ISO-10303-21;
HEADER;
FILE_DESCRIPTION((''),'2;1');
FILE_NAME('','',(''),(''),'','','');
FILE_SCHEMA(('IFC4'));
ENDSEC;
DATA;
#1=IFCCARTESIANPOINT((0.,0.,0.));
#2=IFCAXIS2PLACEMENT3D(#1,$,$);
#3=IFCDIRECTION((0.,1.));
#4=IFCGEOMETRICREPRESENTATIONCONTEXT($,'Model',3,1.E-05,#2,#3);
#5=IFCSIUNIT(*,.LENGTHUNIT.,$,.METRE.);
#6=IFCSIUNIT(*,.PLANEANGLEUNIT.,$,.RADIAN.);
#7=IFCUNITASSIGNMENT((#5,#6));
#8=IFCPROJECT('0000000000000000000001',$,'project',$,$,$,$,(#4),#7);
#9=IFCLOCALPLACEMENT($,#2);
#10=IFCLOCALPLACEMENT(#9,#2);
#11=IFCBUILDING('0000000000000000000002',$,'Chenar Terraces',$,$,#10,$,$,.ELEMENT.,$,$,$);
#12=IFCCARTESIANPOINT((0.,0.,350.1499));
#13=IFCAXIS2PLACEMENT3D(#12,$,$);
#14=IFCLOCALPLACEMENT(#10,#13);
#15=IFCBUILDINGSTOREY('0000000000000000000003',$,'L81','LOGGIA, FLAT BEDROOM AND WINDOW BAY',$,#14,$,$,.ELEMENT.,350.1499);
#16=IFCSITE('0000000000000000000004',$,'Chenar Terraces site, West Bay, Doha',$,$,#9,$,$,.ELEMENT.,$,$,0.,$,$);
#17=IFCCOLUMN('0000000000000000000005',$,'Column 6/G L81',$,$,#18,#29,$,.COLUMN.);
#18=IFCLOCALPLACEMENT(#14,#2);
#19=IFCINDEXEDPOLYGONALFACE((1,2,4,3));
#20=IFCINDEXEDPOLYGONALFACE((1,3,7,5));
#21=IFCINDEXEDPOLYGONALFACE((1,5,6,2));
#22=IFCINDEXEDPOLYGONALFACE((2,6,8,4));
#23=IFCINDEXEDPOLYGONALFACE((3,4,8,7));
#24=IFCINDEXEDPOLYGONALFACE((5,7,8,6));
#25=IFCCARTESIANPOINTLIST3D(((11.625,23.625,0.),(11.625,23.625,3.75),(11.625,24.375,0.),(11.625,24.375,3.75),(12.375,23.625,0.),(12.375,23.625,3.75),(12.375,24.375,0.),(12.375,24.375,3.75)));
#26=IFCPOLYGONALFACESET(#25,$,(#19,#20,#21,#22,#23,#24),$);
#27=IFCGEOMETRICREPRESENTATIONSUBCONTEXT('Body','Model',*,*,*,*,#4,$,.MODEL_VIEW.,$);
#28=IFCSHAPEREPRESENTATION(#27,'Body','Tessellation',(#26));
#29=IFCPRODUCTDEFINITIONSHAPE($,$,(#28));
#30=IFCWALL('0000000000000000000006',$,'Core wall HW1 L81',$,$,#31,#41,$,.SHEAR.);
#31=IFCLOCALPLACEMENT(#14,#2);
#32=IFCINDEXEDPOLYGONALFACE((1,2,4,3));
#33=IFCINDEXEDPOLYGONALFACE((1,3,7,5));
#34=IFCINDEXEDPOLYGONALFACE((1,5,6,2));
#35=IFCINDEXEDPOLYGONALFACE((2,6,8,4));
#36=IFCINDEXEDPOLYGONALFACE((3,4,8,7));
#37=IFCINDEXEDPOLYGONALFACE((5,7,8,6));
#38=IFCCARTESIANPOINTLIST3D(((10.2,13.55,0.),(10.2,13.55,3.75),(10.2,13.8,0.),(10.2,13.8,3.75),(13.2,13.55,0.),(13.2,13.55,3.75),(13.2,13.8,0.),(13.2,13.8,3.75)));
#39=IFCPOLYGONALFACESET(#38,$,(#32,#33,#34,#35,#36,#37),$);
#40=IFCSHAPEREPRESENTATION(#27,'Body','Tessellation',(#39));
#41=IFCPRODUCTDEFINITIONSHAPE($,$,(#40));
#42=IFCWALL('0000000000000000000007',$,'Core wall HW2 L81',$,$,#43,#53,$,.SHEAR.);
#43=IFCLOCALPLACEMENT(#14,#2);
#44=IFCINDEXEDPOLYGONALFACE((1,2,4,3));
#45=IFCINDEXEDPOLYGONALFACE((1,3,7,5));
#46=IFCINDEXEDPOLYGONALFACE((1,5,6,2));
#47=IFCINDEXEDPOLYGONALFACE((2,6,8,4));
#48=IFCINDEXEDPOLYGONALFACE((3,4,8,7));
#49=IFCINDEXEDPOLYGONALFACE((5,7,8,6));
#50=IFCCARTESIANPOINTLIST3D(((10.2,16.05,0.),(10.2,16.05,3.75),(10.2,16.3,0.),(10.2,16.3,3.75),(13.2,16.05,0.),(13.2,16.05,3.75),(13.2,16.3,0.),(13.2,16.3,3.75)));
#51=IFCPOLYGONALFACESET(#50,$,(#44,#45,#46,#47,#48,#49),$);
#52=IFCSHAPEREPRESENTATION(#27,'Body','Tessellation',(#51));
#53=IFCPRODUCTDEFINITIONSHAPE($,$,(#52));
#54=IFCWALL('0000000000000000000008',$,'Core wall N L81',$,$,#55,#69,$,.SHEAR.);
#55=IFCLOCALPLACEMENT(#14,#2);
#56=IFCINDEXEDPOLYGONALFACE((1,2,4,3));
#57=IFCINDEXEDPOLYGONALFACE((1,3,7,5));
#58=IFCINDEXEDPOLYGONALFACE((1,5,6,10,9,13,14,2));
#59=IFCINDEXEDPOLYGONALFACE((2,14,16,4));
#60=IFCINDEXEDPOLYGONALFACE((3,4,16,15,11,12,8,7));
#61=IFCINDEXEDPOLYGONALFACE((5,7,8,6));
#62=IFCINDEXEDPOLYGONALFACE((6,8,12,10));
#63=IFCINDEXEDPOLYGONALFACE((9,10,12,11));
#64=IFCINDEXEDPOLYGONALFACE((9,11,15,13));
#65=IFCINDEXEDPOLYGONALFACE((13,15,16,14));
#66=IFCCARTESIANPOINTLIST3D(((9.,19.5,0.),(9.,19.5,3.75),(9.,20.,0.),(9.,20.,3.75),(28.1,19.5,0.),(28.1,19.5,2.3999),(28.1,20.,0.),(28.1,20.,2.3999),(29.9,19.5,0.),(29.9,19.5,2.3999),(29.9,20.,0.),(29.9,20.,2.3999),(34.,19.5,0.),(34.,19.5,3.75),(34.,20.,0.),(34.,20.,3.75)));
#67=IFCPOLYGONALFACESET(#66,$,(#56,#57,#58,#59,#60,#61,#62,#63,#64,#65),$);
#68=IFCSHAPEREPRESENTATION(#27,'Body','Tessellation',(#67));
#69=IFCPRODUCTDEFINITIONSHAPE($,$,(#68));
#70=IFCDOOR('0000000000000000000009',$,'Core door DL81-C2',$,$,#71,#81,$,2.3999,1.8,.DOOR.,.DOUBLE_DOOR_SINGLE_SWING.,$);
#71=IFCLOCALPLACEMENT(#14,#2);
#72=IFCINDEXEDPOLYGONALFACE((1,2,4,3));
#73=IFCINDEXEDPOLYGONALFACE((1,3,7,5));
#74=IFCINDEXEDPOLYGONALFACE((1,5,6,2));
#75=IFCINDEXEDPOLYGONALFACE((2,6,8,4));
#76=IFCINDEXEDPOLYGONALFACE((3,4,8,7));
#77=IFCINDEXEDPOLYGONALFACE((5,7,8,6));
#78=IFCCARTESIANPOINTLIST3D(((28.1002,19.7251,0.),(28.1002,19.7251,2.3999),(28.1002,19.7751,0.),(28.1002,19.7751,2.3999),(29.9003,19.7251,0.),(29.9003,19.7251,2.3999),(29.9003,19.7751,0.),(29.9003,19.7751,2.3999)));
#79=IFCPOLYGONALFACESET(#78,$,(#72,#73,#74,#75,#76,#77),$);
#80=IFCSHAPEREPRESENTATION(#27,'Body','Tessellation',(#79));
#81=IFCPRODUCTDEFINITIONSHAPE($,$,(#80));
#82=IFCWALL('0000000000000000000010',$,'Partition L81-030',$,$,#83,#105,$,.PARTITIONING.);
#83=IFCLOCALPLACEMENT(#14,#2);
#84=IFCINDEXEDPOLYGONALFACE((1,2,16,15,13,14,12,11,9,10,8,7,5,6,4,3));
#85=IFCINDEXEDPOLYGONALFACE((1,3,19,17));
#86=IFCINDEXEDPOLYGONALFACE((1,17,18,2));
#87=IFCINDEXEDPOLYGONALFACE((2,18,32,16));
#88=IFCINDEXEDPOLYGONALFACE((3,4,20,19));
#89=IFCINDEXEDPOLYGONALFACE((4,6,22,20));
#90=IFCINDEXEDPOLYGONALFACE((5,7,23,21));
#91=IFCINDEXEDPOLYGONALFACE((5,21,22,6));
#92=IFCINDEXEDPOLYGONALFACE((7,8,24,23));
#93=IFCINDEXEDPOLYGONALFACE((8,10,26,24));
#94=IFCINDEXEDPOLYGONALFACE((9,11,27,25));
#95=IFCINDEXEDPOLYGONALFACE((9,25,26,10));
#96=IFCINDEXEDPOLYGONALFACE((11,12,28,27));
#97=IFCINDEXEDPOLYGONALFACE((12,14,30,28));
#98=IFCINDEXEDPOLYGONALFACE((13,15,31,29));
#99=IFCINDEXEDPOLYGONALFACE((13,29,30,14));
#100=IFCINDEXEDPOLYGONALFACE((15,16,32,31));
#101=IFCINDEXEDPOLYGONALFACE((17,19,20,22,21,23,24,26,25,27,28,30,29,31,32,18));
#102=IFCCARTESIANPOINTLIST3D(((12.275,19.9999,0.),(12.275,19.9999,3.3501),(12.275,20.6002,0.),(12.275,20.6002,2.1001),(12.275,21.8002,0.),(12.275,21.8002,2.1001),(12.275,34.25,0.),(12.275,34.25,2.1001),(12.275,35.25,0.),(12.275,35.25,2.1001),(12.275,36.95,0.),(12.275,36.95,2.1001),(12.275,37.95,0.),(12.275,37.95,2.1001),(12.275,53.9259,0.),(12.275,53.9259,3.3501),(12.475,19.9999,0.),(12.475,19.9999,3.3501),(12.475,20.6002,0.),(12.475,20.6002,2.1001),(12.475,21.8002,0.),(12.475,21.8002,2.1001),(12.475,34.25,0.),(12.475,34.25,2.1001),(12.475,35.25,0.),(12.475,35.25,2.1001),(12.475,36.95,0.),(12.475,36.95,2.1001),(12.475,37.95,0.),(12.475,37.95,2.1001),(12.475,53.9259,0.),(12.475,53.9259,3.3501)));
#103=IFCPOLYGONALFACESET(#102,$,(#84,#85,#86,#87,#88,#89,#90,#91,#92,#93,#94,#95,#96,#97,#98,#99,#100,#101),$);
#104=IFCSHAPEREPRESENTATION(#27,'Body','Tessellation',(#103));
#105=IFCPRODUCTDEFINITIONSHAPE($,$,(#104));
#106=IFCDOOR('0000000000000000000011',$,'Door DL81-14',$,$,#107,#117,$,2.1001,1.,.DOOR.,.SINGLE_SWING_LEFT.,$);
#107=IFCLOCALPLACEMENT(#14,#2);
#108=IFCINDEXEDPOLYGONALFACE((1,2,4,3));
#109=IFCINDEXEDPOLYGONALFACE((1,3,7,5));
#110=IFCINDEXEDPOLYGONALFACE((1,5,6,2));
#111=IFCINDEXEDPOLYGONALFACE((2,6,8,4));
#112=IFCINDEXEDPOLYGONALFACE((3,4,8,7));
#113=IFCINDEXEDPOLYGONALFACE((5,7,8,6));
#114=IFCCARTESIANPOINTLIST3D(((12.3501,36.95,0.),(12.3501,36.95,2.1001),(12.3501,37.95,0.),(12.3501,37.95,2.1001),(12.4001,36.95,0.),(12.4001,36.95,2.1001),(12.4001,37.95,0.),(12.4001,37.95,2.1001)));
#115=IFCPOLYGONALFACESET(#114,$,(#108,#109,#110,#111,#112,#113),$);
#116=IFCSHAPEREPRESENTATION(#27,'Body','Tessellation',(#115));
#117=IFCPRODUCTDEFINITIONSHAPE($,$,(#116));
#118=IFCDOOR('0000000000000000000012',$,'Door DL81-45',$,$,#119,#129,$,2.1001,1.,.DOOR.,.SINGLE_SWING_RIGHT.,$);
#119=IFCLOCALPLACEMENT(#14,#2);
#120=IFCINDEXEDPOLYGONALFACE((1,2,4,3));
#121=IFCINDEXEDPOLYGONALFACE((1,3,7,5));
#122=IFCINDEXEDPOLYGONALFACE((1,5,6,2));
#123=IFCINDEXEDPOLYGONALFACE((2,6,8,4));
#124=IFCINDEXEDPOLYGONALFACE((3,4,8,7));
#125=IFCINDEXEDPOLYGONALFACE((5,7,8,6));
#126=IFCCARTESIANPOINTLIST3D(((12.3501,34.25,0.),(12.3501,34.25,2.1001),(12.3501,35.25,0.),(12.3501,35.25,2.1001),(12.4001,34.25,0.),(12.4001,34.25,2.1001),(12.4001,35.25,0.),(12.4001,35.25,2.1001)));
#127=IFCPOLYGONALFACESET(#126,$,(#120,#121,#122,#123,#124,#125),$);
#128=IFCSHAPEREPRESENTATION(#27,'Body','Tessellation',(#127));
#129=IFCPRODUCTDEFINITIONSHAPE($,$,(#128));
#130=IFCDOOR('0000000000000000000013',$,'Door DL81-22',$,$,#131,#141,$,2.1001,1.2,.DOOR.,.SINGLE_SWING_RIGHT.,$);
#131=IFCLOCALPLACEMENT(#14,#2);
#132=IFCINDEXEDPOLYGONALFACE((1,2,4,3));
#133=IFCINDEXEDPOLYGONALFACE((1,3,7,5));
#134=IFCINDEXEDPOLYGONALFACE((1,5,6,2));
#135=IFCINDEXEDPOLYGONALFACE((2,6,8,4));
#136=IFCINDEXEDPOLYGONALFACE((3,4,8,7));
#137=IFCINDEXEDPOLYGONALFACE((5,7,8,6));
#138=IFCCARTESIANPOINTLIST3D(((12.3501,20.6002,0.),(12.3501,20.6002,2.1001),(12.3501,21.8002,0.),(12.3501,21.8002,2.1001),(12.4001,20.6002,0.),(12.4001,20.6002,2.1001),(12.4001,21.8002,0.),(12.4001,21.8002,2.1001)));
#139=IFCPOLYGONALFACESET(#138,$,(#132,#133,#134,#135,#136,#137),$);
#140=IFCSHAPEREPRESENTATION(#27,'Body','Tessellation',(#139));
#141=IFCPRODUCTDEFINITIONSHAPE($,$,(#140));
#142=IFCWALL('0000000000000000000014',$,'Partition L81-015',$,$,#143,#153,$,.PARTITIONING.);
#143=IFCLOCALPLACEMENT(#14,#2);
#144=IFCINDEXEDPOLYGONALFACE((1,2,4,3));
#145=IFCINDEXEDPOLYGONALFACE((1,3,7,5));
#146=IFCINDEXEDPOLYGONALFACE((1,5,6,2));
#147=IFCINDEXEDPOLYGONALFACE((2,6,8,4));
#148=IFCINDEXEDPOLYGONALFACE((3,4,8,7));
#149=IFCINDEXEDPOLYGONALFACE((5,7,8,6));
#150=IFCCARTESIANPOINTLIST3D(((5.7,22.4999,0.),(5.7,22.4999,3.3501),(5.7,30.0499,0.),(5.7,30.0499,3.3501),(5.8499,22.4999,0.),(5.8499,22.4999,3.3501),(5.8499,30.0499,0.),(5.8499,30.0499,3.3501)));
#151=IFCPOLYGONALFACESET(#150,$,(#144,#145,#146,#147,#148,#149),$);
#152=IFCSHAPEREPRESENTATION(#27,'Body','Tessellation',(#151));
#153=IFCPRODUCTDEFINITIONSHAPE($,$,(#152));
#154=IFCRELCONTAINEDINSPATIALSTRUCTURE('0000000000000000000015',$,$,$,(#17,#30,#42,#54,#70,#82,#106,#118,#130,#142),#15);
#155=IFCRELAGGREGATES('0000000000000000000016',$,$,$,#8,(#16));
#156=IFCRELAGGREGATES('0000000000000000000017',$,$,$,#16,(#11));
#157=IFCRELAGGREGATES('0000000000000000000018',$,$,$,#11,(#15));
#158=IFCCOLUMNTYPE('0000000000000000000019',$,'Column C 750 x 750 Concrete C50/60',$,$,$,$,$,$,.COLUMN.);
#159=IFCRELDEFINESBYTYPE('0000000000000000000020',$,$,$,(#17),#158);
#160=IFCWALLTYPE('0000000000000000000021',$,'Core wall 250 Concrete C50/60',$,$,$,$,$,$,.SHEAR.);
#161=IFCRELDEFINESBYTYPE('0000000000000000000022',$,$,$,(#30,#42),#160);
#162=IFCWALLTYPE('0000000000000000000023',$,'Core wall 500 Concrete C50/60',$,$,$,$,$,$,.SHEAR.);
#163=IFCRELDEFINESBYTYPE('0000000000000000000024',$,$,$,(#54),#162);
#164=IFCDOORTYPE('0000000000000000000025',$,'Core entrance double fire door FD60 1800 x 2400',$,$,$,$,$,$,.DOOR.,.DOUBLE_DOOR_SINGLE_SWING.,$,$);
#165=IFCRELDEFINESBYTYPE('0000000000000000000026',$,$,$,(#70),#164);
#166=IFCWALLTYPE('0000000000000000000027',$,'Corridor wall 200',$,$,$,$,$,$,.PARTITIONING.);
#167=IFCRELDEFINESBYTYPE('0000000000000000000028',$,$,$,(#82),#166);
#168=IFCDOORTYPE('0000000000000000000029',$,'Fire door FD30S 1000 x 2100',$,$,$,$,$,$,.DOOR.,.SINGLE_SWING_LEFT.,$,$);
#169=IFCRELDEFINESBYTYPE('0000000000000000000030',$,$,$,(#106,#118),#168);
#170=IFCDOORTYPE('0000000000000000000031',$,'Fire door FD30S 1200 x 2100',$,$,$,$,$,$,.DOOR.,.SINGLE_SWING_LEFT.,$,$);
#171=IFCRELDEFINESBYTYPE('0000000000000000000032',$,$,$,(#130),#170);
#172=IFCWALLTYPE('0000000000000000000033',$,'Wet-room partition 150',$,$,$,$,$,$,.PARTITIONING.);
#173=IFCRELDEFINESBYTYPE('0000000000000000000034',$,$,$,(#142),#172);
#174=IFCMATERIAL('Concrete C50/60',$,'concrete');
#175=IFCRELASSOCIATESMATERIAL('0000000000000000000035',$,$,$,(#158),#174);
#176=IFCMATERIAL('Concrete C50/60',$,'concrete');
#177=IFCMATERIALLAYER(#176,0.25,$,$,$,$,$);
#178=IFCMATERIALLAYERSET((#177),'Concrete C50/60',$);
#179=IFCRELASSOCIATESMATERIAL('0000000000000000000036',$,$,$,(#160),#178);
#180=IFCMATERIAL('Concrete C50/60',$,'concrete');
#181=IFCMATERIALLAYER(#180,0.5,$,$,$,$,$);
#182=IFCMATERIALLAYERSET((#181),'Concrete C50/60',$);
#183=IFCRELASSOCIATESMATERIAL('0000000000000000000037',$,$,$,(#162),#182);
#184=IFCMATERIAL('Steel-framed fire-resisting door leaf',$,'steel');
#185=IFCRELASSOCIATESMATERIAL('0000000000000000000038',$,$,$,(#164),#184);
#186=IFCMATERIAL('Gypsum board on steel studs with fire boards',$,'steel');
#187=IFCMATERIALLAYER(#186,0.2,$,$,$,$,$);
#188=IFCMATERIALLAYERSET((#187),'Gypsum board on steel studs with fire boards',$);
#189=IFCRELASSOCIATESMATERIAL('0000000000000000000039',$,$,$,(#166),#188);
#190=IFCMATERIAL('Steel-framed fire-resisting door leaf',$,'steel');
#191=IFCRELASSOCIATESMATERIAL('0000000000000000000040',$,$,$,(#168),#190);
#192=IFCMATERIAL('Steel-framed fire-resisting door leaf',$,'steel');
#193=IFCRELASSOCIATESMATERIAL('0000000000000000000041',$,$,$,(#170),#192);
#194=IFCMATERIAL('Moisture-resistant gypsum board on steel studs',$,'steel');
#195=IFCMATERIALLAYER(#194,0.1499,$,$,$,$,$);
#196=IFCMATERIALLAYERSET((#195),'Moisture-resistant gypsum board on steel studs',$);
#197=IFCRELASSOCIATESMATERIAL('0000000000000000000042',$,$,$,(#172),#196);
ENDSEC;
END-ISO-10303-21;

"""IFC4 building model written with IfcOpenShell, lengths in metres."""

from ifc_helpers import new_model, si_unit, direction, frame, frame_2d, origin, origin_2d, place, context, subcontext, project, spatial, rectangle, extrude, material, layer, layer_set, material_profile, profile_set, type_object, element, fill, save


model = new_model("IFC4")

# Units and contexts
model_context = context("Model", 3, precision=1e-05, world=origin(), true_north=direction((0.0, 1.0)))
body_context = subcontext(model_context, "Body", "Model", "MODEL_VIEW")
ifc_project = project(units=[si_unit("LENGTHUNIT", "METRE"), si_unit("PLANEANGLEUNIT", "RADIAN")], contexts=[model_context])

# Site, building, storey
site_placement = place(None, origin())
site = spatial("IfcSite", under=ifc_project, at=site_placement, Name="Chenar Terraces site, West Bay, Doha", CompositionType="ELEMENT", RefElevation=0.0)
building_placement = place(site_placement, origin())
building = spatial("IfcBuilding", under=site, at=building_placement, Name="Chenar Terraces", CompositionType="ELEMENT")
storey_placement = place(building_placement, frame((0.0, 0.0, 350.1499)))
storey = spatial("IfcBuildingStorey", under=building, at=storey_placement, Name="L81", Description="LOGGIA, FLAT BEDROOM AND WINDOW BAY", CompositionType="ELEMENT", Elevation=350.1499)

# Column
ifc_material_1 = material(Name="Concrete C50/60", Category="concrete")
ifc_material_profile = material_profile(ifc_material_1, rectangle(XDim=0.75, YDim=0.75, at=origin_2d()), Name="C 750 x 750")
ifc_profile_set = profile_set([ifc_material_profile], Name="Concrete C50/60")
column_type = type_object("IfcColumnType", Name="Column C 750 x 750 Concrete C50/60", PredefinedType="COLUMN", material=ifc_profile_set)
column_placement = place(storey_placement, frame((12.0, 24.0, 0.0), z_axis=(0.0, 0.0, 1.0), x_axis=(1.0, 0.0, 0.0)))
element("IfcColumn", 1, at=column_placement, inside=storey, type_object=column_type, Name="Column 6/G L81", PredefinedType="COLUMN", context=body_context, shape_type="SweptSolid", body=[
    extrude(rectangle(XDim=0.75, YDim=0.75, at=origin_2d()), origin(), (0.0, 0.0, 1.0), 3.75),
])

# Walls
ifc_material_2 = material(Name="Concrete C50/60", Category="concrete")
ifc_layer_1 = layer(ifc_material_2, 0.25)
ifc_layer_set_1 = layer_set([ifc_layer_1], Name="Concrete C50/60")
wall_type_1 = type_object("IfcWallType", Name="Core wall 250 Concrete C50/60", PredefinedType="SHEAR", material=ifc_layer_set_1)
for number, where, z_axis, x_axis, name in (
    (2, (10.2, 13.675, 0.0), (0.0, 0.0, 1.0), (1.0, 0.0, 0.0), "Core wall HW1 L81"),
    (3, (10.2, 16.175, 0.0), (0.0, 0.0, 1.0), (1.0, 0.0, 0.0), "Core wall HW2 L81"),
):
    element("IfcWall", number, at=place(storey_placement, frame(where, z_axis=z_axis, x_axis=x_axis)), inside=storey, type_object=wall_type_1, Name=name, PredefinedType="SHEAR", context=body_context, shape_type="SweptSolid", body=[
        extrude(rectangle(XDim=3.0, YDim=0.25, at=frame_2d((1.5, 0.0))), origin(), (0.0, 0.0, 1.0), 3.75),
    ])

# Wall, opening, door
ifc_material_3 = material(Name="Concrete C50/60", Category="concrete")
ifc_layer_2 = layer(ifc_material_3, 0.5)
ifc_layer_set_2 = layer_set([ifc_layer_2], Name="Concrete C50/60")
wall_type_2 = type_object("IfcWallType", Name="Core wall 500 Concrete C50/60", PredefinedType="SHEAR", material=ifc_layer_set_2)
wall_1_placement = place(storey_placement, frame((9.0, 19.75, 0.0), z_axis=(0.0, 0.0, 1.0), x_axis=(1.0, 0.0, 0.0)))
wall_1 = element("IfcWall", 4, at=wall_1_placement, inside=storey, type_object=wall_type_2, Name="Core wall N L81", PredefinedType="SHEAR", context=body_context, shape_type="SweptSolid", body=[
    extrude(rectangle(XDim=25.0, YDim=0.5, at=frame_2d((12.5, 0.0))), origin(), (0.0, 0.0, 1.0), 3.75),
])
opening_1_placement = place(wall_1_placement, frame((19.1001, 0.0, 0.0)))
opening_1 = element("IfcOpeningElement", 5, at=opening_1_placement, cuts=wall_1, PredefinedType="OPENING", context=body_context, shape_type="SweptSolid", body=[
    extrude(rectangle(XDim=1.8, YDim=2.3999, at=frame_2d((0.8999, 1.2))), frame((0.0, 0.26, 0.0), z_axis=(0.0, -1.0, 0.0), x_axis=(1.0, 0.0, 0.0)), (0.0, 0.0, 1.0), 0.52),
])
ifc_material_4 = material(Name="Steel-framed fire-resisting door leaf", Category="steel")
door_type_1 = type_object("IfcDoorType", Name="Core entrance double fire door FD60 1800 x 2400", OperationType="DOUBLE_DOOR_SINGLE_SWING", PredefinedType="DOOR", material=ifc_material_4)
door_1_placement = place(opening_1_placement, frame((1.8, 0.0, 0.0), z_axis=(0.0, 0.0, 1.0), x_axis=(-1.0, 0.0, 0.0)))
door_1 = element("IfcDoor", 6, at=door_1_placement, inside=storey, type_object=door_type_1, Name="Core door DL81-C2", OperationType="DOUBLE_DOOR_SINGLE_SWING", OverallHeight=2.3999, OverallWidth=1.8, PredefinedType="DOOR", context=body_context, shape_type="SweptSolid", body=[
    extrude(rectangle(XDim=1.8, YDim=2.3999, at=frame_2d((0.8999, 1.2))), frame((0.0, 0.0249, 0.0), z_axis=(0.0, -1.0, 0.0), x_axis=(1.0, 0.0, 0.0)), (0.0, 0.0, 1.0), 0.05),
])
fill(opening_1, door_1)

# Wall, openings, doors
ifc_material_5 = material(Name="Gypsum board on steel studs with fire boards", Category="steel")
ifc_layer_3 = layer(ifc_material_5, 0.2)
ifc_layer_set_3 = layer_set([ifc_layer_3], Name="Gypsum board on steel studs with fire boards")
wall_type_3 = type_object("IfcWallType", Name="Corridor wall 200", PredefinedType="PARTITIONING", material=ifc_layer_set_3)
wall_2_placement = place(storey_placement, frame((12.375, 20.0, 0.0), z_axis=(0.0, 0.0, 1.0), x_axis=(0.0, 1.0, 0.0)))
wall_2 = element("IfcWall", 7, at=wall_2_placement, inside=storey, type_object=wall_type_3, Name="Partition L81-030", PredefinedType="PARTITIONING", context=body_context, shape_type="SweptSolid", body=[
    extrude(rectangle(XDim=33.926, YDim=0.2, at=frame_2d((16.9629, 0.0))), origin(), (0.0, 0.0, 1.0), 3.3501),
])
opening_2_placement = place(wall_2_placement, frame((16.95, 0.0, 0.0)))
opening_2 = element("IfcOpeningElement", 8, at=opening_2_placement, cuts=wall_2, PredefinedType="OPENING", context=body_context, shape_type="SweptSolid", body=[
    extrude(rectangle(XDim=1.0, YDim=2.1001, at=frame_2d((0.5, 1.05))), frame((0.0, 0.1099, 0.0), z_axis=(0.0, -1.0, 0.0), x_axis=(1.0, 0.0, 0.0)), (0.0, 0.0, 1.0), 0.22),
])
opening_3_placement = place(wall_2_placement, frame((0.6001, 0.0, 0.0)))
opening_3 = element("IfcOpeningElement", 9, at=opening_3_placement, cuts=wall_2, PredefinedType="OPENING", context=body_context, shape_type="SweptSolid", body=[
    extrude(rectangle(XDim=1.2, YDim=2.1001, at=frame_2d((0.6001, 1.05))), frame((0.0, 0.1099, 0.0), z_axis=(0.0, -1.0, 0.0), x_axis=(1.0, 0.0, 0.0)), (0.0, 0.0, 1.0), 0.22),
])
opening_4_placement = place(wall_2_placement, frame((14.25, 0.0, 0.0)))
opening_4 = element("IfcOpeningElement", 10, at=opening_4_placement, cuts=wall_2, PredefinedType="OPENING", context=body_context, shape_type="SweptSolid", body=[
    extrude(rectangle(XDim=1.0, YDim=2.1001, at=frame_2d((0.5, 1.05))), frame((0.0, 0.1099, 0.0), z_axis=(0.0, -1.0, 0.0), x_axis=(1.0, 0.0, 0.0)), (0.0, 0.0, 1.0), 0.22),
])
ifc_material_6 = material(Name="Steel-framed fire-resisting door leaf", Category="steel")
door_type_2 = type_object("IfcDoorType", Name="Fire door FD30S 1000 x 2100", OperationType="SINGLE_SWING_LEFT", PredefinedType="DOOR", material=ifc_material_6)
door_2_placement = place(opening_2_placement, origin())
door_2 = element("IfcDoor", 11, at=door_2_placement, inside=storey, type_object=door_type_2, Name="Door DL81-14", OperationType="SINGLE_SWING_LEFT", OverallHeight=2.1001, OverallWidth=1.0, PredefinedType="DOOR", context=body_context, shape_type="SweptSolid", body=[
    extrude(rectangle(XDim=1.0, YDim=2.1001, at=frame_2d((0.5, 1.05))), frame((0.0, 0.0249, 0.0), z_axis=(0.0, -1.0, 0.0), x_axis=(1.0, 0.0, 0.0)), (0.0, 0.0, 1.0), 0.05),
])
fill(opening_2, door_2)
door_3_placement = place(opening_4_placement, origin())
door_3 = element("IfcDoor", 12, at=door_3_placement, inside=storey, type_object=door_type_2, Name="Door DL81-45", OperationType="SINGLE_SWING_RIGHT", OverallHeight=2.1001, OverallWidth=1.0, PredefinedType="DOOR", context=body_context, shape_type="SweptSolid", body=[
    extrude(rectangle(XDim=1.0, YDim=2.1001, at=frame_2d((0.5, 1.05))), frame((0.0, 0.0249, 0.0), z_axis=(0.0, -1.0, 0.0), x_axis=(1.0, 0.0, 0.0)), (0.0, 0.0, 1.0), 0.05),
])
fill(opening_4, door_3)
ifc_material_7 = material(Name="Steel-framed fire-resisting door leaf", Category="steel")
door_type_3 = type_object("IfcDoorType", Name="Fire door FD30S 1200 x 2100", OperationType="SINGLE_SWING_LEFT", PredefinedType="DOOR", material=ifc_material_7)
door_4_placement = place(opening_3_placement, origin())
door_4 = element("IfcDoor", 13, at=door_4_placement, inside=storey, type_object=door_type_3, Name="Door DL81-22", OperationType="SINGLE_SWING_RIGHT", OverallHeight=2.1001, OverallWidth=1.2, PredefinedType="DOOR", context=body_context, shape_type="SweptSolid", body=[
    extrude(rectangle(XDim=1.2, YDim=2.1001, at=frame_2d((0.6001, 1.05))), frame((0.0, 0.0249, 0.0), z_axis=(0.0, -1.0, 0.0), x_axis=(1.0, 0.0, 0.0)), (0.0, 0.0, 1.0), 0.05),
])
fill(opening_3, door_4)

# Wall
ifc_material_8 = material(Name="Moisture-resistant gypsum board on steel studs", Category="steel")
ifc_layer_4 = layer(ifc_material_8, 0.1499)
ifc_layer_set_4 = layer_set([ifc_layer_4], Name="Moisture-resistant gypsum board on steel studs")
wall_type_4 = type_object("IfcWallType", Name="Wet-room partition 150", PredefinedType="PARTITIONING", material=ifc_layer_set_4)
wall_3_placement = place(storey_placement, frame((5.7749, 22.5, 0.0), z_axis=(0.0, 0.0, 1.0), x_axis=(0.0, 1.0, 0.0)))
element("IfcWall", 14, at=wall_3_placement, inside=storey, type_object=wall_type_4, Name="Partition L81-015", PredefinedType="PARTITIONING", context=body_context, shape_type="SweptSolid", body=[
    extrude(rectangle(XDim=7.55, YDim=0.1499, at=frame_2d((3.7749, 0.0))), origin(), (0.0, 0.0, 1.0), 3.3501),
])

save(model, "model.ifc")
